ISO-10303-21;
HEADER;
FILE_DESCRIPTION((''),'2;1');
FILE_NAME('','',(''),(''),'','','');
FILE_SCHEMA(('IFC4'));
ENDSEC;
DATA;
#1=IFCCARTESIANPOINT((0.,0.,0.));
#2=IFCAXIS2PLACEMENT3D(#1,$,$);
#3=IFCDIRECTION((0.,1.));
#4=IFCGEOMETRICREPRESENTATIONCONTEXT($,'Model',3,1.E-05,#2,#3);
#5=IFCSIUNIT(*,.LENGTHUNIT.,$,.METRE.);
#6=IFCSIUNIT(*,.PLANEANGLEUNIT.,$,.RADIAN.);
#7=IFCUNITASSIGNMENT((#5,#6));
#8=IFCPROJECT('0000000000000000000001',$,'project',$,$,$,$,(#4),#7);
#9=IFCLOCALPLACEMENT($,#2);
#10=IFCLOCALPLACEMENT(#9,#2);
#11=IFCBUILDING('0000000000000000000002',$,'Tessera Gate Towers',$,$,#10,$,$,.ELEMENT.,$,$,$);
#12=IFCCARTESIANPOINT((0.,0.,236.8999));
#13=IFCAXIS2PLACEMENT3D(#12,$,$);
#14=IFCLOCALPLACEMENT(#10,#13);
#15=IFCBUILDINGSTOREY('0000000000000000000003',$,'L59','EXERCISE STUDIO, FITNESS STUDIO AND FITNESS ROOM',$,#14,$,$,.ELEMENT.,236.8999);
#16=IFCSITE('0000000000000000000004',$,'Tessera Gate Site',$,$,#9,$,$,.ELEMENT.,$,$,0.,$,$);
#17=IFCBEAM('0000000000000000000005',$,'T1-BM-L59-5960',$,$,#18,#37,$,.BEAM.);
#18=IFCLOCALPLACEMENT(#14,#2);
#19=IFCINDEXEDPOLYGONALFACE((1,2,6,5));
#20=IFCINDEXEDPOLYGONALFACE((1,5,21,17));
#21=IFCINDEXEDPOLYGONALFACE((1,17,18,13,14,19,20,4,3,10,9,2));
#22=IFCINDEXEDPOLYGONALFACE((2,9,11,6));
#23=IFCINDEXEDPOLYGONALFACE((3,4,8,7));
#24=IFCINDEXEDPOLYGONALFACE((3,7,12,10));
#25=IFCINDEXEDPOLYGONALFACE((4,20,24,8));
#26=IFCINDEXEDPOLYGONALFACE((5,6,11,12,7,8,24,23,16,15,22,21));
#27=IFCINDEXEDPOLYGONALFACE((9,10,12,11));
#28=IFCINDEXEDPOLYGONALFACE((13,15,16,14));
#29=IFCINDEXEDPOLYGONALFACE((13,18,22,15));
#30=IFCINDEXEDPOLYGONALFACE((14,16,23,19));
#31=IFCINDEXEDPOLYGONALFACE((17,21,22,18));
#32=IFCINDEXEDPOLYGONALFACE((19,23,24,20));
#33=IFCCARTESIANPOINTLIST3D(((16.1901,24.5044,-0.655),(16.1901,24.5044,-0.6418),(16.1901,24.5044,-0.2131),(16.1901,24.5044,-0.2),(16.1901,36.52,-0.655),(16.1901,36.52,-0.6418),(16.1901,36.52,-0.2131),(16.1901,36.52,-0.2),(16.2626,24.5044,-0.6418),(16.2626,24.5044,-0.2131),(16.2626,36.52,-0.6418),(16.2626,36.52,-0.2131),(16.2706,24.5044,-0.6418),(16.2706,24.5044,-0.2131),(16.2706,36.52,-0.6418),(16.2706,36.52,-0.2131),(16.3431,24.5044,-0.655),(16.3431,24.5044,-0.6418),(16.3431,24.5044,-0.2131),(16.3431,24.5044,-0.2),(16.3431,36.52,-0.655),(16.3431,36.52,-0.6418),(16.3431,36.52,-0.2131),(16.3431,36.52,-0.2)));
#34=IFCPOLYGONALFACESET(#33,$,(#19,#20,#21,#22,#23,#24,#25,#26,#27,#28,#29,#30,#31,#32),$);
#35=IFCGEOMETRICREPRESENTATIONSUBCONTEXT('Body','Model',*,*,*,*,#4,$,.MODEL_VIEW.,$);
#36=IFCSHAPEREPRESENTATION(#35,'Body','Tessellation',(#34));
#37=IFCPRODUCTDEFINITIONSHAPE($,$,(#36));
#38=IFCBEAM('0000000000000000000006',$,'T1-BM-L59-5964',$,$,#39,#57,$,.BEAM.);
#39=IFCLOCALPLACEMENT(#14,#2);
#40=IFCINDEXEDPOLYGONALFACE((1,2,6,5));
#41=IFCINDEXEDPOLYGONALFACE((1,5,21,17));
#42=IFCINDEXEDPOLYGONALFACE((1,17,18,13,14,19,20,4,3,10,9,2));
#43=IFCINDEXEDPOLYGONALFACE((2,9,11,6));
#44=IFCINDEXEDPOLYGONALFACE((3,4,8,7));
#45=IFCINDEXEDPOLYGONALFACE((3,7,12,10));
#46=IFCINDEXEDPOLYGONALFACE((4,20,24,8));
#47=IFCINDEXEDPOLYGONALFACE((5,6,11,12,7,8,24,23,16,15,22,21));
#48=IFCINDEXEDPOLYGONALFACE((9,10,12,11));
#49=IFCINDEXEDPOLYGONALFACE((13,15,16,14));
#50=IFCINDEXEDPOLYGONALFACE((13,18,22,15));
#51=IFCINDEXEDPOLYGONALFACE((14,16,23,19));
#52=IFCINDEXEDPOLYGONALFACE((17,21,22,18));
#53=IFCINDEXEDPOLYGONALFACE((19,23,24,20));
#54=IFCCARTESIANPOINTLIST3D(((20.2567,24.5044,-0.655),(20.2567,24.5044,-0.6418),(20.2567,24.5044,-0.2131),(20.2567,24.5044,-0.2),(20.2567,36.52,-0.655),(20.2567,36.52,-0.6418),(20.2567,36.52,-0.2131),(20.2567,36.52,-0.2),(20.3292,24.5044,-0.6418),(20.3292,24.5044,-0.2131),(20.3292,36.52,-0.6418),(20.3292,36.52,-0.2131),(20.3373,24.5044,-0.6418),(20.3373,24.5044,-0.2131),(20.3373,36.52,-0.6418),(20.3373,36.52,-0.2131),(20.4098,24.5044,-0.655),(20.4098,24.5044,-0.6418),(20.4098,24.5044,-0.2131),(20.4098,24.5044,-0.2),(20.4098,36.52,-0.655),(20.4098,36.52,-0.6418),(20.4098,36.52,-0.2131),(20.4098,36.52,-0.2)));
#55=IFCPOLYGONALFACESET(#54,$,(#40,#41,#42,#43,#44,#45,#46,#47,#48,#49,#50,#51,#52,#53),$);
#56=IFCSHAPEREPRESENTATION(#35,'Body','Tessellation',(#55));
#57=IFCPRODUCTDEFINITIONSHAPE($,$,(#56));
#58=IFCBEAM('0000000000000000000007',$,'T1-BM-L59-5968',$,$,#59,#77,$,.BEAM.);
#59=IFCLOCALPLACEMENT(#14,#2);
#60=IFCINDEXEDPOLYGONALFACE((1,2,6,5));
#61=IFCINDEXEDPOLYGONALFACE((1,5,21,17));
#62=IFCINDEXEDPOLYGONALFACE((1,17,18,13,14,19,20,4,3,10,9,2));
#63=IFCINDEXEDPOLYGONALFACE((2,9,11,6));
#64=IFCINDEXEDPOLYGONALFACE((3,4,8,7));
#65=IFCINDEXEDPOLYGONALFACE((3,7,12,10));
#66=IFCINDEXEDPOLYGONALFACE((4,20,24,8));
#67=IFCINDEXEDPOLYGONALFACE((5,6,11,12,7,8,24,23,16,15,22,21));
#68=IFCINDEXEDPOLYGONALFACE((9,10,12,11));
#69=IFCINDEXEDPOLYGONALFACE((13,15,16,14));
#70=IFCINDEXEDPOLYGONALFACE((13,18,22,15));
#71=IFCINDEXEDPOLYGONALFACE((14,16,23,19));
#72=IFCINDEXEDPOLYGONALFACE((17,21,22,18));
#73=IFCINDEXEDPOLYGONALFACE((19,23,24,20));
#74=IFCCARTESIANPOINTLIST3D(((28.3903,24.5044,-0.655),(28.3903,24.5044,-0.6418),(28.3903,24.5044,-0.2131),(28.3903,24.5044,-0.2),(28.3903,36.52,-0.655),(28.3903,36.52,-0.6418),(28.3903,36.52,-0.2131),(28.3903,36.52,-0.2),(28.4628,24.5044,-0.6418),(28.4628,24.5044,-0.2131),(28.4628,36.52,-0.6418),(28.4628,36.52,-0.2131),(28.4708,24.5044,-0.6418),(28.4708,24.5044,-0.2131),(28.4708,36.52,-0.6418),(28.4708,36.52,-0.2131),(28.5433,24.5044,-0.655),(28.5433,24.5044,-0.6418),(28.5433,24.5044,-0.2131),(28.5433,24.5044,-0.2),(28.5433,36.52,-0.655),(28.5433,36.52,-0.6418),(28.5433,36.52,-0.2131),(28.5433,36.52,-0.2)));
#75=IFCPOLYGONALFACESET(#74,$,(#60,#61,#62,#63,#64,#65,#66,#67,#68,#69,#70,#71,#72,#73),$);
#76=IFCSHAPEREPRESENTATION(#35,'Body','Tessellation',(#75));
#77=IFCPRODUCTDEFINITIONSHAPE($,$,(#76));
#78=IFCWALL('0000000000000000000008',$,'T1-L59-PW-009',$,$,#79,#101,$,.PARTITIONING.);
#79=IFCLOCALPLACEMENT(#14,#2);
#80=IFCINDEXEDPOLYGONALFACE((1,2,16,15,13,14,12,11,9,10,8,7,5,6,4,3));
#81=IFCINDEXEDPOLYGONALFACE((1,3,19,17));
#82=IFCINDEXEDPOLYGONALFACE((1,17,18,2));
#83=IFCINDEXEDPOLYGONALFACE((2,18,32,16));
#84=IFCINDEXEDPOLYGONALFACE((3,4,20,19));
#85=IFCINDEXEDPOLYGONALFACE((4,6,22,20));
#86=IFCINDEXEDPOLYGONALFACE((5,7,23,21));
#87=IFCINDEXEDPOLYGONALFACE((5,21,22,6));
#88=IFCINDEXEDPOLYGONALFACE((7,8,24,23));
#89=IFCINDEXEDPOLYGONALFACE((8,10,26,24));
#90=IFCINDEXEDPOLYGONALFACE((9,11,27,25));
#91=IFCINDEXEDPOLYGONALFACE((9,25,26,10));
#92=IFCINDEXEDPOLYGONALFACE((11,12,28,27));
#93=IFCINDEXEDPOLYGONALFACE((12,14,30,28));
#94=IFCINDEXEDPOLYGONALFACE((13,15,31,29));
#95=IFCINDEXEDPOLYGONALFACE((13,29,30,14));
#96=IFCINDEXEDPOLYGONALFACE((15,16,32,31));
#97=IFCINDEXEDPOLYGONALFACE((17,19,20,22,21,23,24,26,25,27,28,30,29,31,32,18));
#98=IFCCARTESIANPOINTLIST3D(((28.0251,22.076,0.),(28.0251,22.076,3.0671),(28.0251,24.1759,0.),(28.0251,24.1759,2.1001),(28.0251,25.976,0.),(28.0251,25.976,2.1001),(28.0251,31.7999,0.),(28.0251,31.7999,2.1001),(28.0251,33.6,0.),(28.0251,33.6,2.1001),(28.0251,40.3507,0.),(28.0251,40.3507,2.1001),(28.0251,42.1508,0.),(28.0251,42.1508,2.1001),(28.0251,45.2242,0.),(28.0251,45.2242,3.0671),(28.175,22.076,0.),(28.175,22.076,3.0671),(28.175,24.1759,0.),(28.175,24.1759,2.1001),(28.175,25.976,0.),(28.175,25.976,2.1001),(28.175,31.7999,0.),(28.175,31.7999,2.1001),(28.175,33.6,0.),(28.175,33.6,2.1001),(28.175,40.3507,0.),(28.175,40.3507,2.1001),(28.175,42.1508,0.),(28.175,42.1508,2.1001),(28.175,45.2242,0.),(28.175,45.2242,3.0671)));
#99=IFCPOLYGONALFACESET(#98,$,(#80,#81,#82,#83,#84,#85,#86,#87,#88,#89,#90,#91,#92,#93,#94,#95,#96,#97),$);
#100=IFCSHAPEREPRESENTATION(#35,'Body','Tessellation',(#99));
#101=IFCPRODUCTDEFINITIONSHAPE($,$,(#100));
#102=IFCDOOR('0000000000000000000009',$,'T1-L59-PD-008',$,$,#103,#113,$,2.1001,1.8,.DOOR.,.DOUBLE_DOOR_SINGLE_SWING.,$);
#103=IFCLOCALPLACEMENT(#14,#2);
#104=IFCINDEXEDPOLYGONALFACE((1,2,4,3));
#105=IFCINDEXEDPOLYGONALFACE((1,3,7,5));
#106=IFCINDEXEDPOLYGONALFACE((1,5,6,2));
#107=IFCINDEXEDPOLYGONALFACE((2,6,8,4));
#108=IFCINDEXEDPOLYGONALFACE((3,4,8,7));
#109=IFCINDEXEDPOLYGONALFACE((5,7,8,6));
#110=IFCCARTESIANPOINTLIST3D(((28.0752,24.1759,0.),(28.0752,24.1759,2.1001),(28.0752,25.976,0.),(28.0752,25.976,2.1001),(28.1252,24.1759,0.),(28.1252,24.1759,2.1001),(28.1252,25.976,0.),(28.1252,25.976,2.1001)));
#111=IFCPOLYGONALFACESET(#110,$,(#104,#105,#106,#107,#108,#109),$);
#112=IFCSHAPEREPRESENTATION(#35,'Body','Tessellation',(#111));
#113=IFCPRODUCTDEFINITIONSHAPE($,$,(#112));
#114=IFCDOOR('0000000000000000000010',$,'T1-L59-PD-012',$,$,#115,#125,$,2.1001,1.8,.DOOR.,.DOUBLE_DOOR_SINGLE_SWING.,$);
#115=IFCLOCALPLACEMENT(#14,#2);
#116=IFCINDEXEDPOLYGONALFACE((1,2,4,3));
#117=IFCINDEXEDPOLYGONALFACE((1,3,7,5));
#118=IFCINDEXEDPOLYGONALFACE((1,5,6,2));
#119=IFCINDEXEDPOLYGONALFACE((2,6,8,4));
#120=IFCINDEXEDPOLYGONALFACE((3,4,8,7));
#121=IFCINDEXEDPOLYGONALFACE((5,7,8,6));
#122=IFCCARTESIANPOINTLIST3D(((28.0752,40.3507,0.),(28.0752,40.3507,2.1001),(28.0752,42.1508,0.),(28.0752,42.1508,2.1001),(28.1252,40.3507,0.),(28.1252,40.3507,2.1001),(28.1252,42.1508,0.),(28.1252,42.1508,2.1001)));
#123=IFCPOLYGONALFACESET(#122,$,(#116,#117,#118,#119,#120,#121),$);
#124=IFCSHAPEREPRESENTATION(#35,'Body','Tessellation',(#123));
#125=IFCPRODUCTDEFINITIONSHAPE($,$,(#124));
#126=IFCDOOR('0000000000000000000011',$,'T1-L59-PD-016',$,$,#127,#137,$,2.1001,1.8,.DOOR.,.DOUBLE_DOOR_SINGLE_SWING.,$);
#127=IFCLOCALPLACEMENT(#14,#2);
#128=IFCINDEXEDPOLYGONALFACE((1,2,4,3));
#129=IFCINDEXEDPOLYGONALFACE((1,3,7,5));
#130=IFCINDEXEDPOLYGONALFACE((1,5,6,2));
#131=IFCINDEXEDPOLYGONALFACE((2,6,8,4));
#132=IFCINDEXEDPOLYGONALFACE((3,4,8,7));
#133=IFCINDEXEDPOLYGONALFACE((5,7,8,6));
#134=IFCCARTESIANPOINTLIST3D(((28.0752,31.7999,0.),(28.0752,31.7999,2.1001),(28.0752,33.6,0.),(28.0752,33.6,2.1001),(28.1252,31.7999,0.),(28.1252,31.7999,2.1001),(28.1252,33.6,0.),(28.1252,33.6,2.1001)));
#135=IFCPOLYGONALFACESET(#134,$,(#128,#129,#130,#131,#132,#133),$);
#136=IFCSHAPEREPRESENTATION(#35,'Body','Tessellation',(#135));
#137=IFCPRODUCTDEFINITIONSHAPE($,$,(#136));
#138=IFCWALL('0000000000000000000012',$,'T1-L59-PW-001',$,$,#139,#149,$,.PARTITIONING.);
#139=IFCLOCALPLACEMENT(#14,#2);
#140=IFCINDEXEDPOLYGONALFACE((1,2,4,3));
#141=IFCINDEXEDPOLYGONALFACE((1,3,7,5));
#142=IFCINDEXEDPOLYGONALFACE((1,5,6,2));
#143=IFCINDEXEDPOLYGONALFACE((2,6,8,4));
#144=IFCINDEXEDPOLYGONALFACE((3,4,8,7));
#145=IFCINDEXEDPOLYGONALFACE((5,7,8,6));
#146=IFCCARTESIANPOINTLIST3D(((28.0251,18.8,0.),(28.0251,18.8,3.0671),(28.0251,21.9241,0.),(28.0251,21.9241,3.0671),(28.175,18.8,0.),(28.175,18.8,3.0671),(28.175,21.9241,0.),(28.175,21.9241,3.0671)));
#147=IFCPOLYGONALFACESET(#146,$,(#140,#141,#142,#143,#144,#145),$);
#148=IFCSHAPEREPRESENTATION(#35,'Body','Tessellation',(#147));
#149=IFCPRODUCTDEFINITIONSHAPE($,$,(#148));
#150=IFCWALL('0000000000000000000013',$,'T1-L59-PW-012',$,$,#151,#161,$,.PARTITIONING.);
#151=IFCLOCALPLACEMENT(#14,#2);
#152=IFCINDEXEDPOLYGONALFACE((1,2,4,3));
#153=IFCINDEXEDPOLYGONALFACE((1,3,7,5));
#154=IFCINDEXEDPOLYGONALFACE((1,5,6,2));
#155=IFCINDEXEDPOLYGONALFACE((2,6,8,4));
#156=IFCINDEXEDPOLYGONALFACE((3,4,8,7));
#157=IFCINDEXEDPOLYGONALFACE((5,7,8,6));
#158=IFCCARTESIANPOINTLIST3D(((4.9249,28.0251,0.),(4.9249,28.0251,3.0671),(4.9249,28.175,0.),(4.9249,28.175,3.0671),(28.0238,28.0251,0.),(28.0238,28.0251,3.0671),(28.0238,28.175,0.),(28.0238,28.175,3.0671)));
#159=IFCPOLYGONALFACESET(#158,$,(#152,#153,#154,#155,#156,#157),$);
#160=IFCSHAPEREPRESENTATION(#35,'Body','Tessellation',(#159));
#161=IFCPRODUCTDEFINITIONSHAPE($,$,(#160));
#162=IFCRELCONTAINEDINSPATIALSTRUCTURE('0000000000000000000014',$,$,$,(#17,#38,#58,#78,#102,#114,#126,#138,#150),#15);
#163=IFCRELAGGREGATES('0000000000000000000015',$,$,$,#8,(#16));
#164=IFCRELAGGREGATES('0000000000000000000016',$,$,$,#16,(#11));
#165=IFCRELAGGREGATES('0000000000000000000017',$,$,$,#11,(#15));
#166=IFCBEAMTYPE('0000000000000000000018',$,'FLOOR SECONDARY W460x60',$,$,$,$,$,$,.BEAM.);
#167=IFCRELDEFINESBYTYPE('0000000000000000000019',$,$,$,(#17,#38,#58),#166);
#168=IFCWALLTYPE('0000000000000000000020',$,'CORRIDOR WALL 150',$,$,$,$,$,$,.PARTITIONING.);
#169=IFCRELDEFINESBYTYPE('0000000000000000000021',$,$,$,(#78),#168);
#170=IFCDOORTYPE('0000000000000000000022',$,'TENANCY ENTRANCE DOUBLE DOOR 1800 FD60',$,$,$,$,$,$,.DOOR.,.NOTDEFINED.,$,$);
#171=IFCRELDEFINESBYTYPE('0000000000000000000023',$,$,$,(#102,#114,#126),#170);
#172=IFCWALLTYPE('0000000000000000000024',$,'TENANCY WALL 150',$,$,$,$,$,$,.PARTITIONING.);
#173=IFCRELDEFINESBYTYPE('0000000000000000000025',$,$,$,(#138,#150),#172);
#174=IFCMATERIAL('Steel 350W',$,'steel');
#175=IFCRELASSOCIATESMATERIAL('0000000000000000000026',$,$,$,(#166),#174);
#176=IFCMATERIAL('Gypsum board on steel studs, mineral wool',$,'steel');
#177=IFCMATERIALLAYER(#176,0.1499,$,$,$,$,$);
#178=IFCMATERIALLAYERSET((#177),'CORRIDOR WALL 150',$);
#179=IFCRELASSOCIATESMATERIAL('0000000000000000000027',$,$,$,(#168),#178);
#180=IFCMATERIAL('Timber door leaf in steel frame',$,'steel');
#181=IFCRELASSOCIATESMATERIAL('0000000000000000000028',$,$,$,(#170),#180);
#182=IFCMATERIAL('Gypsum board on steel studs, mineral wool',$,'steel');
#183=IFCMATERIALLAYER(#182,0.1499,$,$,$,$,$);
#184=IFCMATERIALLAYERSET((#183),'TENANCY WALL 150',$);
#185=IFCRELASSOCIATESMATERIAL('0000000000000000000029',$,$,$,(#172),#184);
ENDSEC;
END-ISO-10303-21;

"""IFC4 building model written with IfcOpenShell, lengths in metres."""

from ifc_helpers import new_model, si_unit, direction, frame, frame_2d, origin, origin_2d, place, context, subcontext, project, spatial, rectangle, i_section, extrude, source, transform, mapped, material, layer, layer_set, material_profile, profile_set, type_object, element, fill, save


model = new_model("IFC4")

# Units and contexts
model_context = context("Model", 3, precision=1e-05, world=origin(), true_north=direction((0.0, 1.0)))
body_context = subcontext(model_context, "Body", "Model", "MODEL_VIEW")
ifc_project = project(units=[si_unit("LENGTHUNIT", "METRE"), si_unit("PLANEANGLEUNIT", "RADIAN")], contexts=[model_context])

# Site, building, storey
site_placement = place(None, origin())
site = spatial("IfcSite", under=ifc_project, at=site_placement, Name="Tessera Gate Site", CompositionType="ELEMENT", RefElevation=0.0)
building_placement = place(site_placement, origin())
building = spatial("IfcBuilding", under=site, at=building_placement, Name="Tessera Gate Towers", CompositionType="ELEMENT")
storey_placement = place(building_placement, frame((0.0, 0.0, 236.8999)))
storey = spatial("IfcBuildingStorey", under=building, at=storey_placement, Name="L59", Description="EXERCISE STUDIO, FITNESS STUDIO AND FITNESS ROOM", CompositionType="ELEMENT", Elevation=236.8999)

# Beams
ifc_material_1 = material(Name="Steel 350W", Category="steel")
ifc_material_profile_1 = material_profile(ifc_material_1, i_section(OverallWidth=0.1531, OverallDepth=0.4551, WebThickness=0.0081, FlangeThickness=0.0132, at=origin_2d()), Name="W460x60")
ifc_profile_set_1 = profile_set([ifc_material_profile_1], Name="Steel 350W")
beam_type_1 = type_object("IfcBeamType", Name="FLOOR SECONDARY W460x60", PredefinedType="BEAM", material=ifc_profile_set_1)
for number, where, z_axis, x_axis, name in (
    (1, (16.2666, 24.5044, -0.4275), (0.0, 1.0, 0.0), (-1.0, 0.0, 0.0), "T1-BM-L59-5960"),
    (2, (20.3333, 24.5044, -0.4275), (0.0, 1.0, 0.0), (-1.0, 0.0, 0.0), "T1-BM-L59-5964"),
    (3, (28.4668, 24.5044, -0.4275), (0.0, 1.0, 0.0), (-1.0, 0.0, 0.0), "T1-BM-L59-5968"),
):
    element("IfcBeam", number, at=place(storey_placement, frame(where, z_axis=z_axis, x_axis=x_axis)), inside=storey, type_object=beam_type_1, Name=name, PredefinedType="BEAM", context=body_context, shape_type="SweptSolid", body=[
        extrude(i_section(OverallWidth=0.1531, OverallDepth=0.4551, WebThickness=0.0081, FlangeThickness=0.0132, at=origin_2d()), origin(), (0.0, 0.0, 1.0), 12.0156),
    ])

# Wall, openings, doors
ifc_material_2 = material(Name="Gypsum board on steel studs, mineral wool", Category="steel")
ifc_layer_1 = layer(ifc_material_2, 0.1499)
ifc_layer_set_1 = layer_set([ifc_layer_1], Name="CORRIDOR WALL 150")
wall_type_1 = type_object("IfcWallType", Name="CORRIDOR WALL 150", PredefinedType="PARTITIONING", material=ifc_layer_set_1)
wall_1_placement = place(storey_placement, frame((28.1001, 22.0759, 0.0), z_axis=(0.0, 0.0, 1.0), x_axis=(0.0, 1.0, 0.0)))
wall_1 = element("IfcWall", 4, at=wall_1_placement, inside=storey, type_object=wall_type_1, Name="T1-L59-PW-009", PredefinedType="PARTITIONING", context=body_context, shape_type="SweptSolid", body=[
    extrude(rectangle(XDim=23.1482, YDim=0.1499, at=frame_2d((11.5742, 0.0))), origin(), (0.0, 0.0, 1.0), 3.0671),
])
shared_shape_1 = source(origin(), body_context, "Body", "SweptSolid", [
    extrude(rectangle(XDim=1.8, YDim=2.1001, at=frame_2d((0.8999, 1.05))), frame((0.0, 0.085, 0.0), z_axis=(0.0, -1.0, 0.0), x_axis=(1.0, 0.0, 0.0)), (0.0, 0.0, 1.0), 0.1699),
])
opening_1_placement = place(wall_1_placement, frame((2.1001, 0.0, 0.0)))
opening_1 = element("IfcOpeningElement", 5, at=opening_1_placement, cuts=wall_1, PredefinedType="OPENING", context=body_context, shape_type="MappedRepresentation", body=[
    mapped(shared_shape_1, transform((0.0, 0.0, 0.0), scale=1.0)),
])
opening_2_placement = place(wall_1_placement, frame((18.2749, 0.0, 0.0)))
opening_2 = element("IfcOpeningElement", 6, at=opening_2_placement, cuts=wall_1, PredefinedType="OPENING", context=body_context, shape_type="MappedRepresentation", body=[
    mapped(shared_shape_1, transform((0.0, 0.0, 0.0), scale=1.0)),
])
opening_3_placement = place(wall_1_placement, frame((9.7241, 0.0, 0.0)))
opening_3 = element("IfcOpeningElement", 7, at=opening_3_placement, cuts=wall_1, PredefinedType="OPENING", context=body_context, shape_type="MappedRepresentation", body=[
    mapped(shared_shape_1, transform((0.0, 0.0, 0.0), scale=1.0)),
])
ifc_material_3 = material(Name="Timber door leaf in steel frame", Category="steel")
door_type_1 = type_object("IfcDoorType", Name="TENANCY ENTRANCE DOUBLE DOOR 1800 FD60", OperationType="NOTDEFINED", PredefinedType="DOOR", material=ifc_material_3)
shared_shape_2 = source(origin(), body_context, "Body", "SweptSolid", [
    extrude(rectangle(XDim=1.8, YDim=2.1001, at=frame_2d((0.8999, 1.05))), frame((0.0, 0.0249, 0.0), z_axis=(0.0, -1.0, 0.0), x_axis=(1.0, 0.0, 0.0)), (0.0, 0.0, 1.0), 0.05),
])
door_1_placement = place(opening_1_placement, origin())
door_1 = element("IfcDoor", 8, at=door_1_placement, inside=storey, type_object=door_type_1, Name="T1-L59-PD-008", OperationType="DOUBLE_DOOR_SINGLE_SWING", OverallHeight=2.1001, OverallWidth=1.8, PredefinedType="DOOR", context=body_context, shape_type="MappedRepresentation", body=[
    mapped(shared_shape_2, transform((0.0, 0.0, 0.0), scale=1.0)),
])
fill(opening_1, door_1)
door_2_placement = place(opening_2_placement, origin())
door_2 = element("IfcDoor", 9, at=door_2_placement, inside=storey, type_object=door_type_1, Name="T1-L59-PD-012", OperationType="DOUBLE_DOOR_SINGLE_SWING", OverallHeight=2.1001, OverallWidth=1.8, PredefinedType="DOOR", context=body_context, shape_type="MappedRepresentation", body=[
    mapped(shared_shape_2, transform((0.0, 0.0, 0.0), scale=1.0)),
])
fill(opening_2, door_2)
door_3_placement = place(opening_3_placement, origin())
door_3 = element("IfcDoor", 10, at=door_3_placement, inside=storey, type_object=door_type_1, Name="T1-L59-PD-016", OperationType="DOUBLE_DOOR_SINGLE_SWING", OverallHeight=2.1001, OverallWidth=1.8, PredefinedType="DOOR", context=body_context, shape_type="MappedRepresentation", body=[
    mapped(shared_shape_2, transform((0.0, 0.0, 0.0), scale=1.0)),
])
fill(opening_3, door_3)

# Walls
ifc_material_4 = material(Name="Gypsum board on steel studs, mineral wool", Category="steel")
ifc_layer_2 = layer(ifc_material_4, 0.1499)
ifc_layer_set_2 = layer_set([ifc_layer_2], Name="TENANCY WALL 150")
wall_type_2 = type_object("IfcWallType", Name="TENANCY WALL 150", PredefinedType="PARTITIONING", material=ifc_layer_set_2)
wall_2_placement = place(storey_placement, frame((28.1001, 18.8, 0.0), z_axis=(0.0, 0.0, 1.0), x_axis=(0.0, 1.0, 0.0)))
element("IfcWall", 11, at=wall_2_placement, inside=storey, type_object=wall_type_2, Name="T1-L59-PW-001", PredefinedType="PARTITIONING", context=body_context, shape_type="SweptSolid", body=[
    extrude(rectangle(XDim=3.124, YDim=0.1499, at=frame_2d((1.562, 0.0))), origin(), (0.0, 0.0, 1.0), 3.0671),
])
wall_3_placement = place(storey_placement, frame((4.925, 28.1001, 0.0), z_axis=(0.0, 0.0, 1.0), x_axis=(1.0, 0.0, 0.0)))
element("IfcWall", 12, at=wall_3_placement, inside=storey, type_object=wall_type_2, Name="T1-L59-PW-012", PredefinedType="PARTITIONING", context=body_context, shape_type="SweptSolid", body=[
    extrude(rectangle(XDim=23.0989, YDim=0.1499, at=frame_2d((11.5493, 0.0))), origin(), (0.0, 0.0, 1.0), 3.0671),
])

save(model, "model.ifc")
